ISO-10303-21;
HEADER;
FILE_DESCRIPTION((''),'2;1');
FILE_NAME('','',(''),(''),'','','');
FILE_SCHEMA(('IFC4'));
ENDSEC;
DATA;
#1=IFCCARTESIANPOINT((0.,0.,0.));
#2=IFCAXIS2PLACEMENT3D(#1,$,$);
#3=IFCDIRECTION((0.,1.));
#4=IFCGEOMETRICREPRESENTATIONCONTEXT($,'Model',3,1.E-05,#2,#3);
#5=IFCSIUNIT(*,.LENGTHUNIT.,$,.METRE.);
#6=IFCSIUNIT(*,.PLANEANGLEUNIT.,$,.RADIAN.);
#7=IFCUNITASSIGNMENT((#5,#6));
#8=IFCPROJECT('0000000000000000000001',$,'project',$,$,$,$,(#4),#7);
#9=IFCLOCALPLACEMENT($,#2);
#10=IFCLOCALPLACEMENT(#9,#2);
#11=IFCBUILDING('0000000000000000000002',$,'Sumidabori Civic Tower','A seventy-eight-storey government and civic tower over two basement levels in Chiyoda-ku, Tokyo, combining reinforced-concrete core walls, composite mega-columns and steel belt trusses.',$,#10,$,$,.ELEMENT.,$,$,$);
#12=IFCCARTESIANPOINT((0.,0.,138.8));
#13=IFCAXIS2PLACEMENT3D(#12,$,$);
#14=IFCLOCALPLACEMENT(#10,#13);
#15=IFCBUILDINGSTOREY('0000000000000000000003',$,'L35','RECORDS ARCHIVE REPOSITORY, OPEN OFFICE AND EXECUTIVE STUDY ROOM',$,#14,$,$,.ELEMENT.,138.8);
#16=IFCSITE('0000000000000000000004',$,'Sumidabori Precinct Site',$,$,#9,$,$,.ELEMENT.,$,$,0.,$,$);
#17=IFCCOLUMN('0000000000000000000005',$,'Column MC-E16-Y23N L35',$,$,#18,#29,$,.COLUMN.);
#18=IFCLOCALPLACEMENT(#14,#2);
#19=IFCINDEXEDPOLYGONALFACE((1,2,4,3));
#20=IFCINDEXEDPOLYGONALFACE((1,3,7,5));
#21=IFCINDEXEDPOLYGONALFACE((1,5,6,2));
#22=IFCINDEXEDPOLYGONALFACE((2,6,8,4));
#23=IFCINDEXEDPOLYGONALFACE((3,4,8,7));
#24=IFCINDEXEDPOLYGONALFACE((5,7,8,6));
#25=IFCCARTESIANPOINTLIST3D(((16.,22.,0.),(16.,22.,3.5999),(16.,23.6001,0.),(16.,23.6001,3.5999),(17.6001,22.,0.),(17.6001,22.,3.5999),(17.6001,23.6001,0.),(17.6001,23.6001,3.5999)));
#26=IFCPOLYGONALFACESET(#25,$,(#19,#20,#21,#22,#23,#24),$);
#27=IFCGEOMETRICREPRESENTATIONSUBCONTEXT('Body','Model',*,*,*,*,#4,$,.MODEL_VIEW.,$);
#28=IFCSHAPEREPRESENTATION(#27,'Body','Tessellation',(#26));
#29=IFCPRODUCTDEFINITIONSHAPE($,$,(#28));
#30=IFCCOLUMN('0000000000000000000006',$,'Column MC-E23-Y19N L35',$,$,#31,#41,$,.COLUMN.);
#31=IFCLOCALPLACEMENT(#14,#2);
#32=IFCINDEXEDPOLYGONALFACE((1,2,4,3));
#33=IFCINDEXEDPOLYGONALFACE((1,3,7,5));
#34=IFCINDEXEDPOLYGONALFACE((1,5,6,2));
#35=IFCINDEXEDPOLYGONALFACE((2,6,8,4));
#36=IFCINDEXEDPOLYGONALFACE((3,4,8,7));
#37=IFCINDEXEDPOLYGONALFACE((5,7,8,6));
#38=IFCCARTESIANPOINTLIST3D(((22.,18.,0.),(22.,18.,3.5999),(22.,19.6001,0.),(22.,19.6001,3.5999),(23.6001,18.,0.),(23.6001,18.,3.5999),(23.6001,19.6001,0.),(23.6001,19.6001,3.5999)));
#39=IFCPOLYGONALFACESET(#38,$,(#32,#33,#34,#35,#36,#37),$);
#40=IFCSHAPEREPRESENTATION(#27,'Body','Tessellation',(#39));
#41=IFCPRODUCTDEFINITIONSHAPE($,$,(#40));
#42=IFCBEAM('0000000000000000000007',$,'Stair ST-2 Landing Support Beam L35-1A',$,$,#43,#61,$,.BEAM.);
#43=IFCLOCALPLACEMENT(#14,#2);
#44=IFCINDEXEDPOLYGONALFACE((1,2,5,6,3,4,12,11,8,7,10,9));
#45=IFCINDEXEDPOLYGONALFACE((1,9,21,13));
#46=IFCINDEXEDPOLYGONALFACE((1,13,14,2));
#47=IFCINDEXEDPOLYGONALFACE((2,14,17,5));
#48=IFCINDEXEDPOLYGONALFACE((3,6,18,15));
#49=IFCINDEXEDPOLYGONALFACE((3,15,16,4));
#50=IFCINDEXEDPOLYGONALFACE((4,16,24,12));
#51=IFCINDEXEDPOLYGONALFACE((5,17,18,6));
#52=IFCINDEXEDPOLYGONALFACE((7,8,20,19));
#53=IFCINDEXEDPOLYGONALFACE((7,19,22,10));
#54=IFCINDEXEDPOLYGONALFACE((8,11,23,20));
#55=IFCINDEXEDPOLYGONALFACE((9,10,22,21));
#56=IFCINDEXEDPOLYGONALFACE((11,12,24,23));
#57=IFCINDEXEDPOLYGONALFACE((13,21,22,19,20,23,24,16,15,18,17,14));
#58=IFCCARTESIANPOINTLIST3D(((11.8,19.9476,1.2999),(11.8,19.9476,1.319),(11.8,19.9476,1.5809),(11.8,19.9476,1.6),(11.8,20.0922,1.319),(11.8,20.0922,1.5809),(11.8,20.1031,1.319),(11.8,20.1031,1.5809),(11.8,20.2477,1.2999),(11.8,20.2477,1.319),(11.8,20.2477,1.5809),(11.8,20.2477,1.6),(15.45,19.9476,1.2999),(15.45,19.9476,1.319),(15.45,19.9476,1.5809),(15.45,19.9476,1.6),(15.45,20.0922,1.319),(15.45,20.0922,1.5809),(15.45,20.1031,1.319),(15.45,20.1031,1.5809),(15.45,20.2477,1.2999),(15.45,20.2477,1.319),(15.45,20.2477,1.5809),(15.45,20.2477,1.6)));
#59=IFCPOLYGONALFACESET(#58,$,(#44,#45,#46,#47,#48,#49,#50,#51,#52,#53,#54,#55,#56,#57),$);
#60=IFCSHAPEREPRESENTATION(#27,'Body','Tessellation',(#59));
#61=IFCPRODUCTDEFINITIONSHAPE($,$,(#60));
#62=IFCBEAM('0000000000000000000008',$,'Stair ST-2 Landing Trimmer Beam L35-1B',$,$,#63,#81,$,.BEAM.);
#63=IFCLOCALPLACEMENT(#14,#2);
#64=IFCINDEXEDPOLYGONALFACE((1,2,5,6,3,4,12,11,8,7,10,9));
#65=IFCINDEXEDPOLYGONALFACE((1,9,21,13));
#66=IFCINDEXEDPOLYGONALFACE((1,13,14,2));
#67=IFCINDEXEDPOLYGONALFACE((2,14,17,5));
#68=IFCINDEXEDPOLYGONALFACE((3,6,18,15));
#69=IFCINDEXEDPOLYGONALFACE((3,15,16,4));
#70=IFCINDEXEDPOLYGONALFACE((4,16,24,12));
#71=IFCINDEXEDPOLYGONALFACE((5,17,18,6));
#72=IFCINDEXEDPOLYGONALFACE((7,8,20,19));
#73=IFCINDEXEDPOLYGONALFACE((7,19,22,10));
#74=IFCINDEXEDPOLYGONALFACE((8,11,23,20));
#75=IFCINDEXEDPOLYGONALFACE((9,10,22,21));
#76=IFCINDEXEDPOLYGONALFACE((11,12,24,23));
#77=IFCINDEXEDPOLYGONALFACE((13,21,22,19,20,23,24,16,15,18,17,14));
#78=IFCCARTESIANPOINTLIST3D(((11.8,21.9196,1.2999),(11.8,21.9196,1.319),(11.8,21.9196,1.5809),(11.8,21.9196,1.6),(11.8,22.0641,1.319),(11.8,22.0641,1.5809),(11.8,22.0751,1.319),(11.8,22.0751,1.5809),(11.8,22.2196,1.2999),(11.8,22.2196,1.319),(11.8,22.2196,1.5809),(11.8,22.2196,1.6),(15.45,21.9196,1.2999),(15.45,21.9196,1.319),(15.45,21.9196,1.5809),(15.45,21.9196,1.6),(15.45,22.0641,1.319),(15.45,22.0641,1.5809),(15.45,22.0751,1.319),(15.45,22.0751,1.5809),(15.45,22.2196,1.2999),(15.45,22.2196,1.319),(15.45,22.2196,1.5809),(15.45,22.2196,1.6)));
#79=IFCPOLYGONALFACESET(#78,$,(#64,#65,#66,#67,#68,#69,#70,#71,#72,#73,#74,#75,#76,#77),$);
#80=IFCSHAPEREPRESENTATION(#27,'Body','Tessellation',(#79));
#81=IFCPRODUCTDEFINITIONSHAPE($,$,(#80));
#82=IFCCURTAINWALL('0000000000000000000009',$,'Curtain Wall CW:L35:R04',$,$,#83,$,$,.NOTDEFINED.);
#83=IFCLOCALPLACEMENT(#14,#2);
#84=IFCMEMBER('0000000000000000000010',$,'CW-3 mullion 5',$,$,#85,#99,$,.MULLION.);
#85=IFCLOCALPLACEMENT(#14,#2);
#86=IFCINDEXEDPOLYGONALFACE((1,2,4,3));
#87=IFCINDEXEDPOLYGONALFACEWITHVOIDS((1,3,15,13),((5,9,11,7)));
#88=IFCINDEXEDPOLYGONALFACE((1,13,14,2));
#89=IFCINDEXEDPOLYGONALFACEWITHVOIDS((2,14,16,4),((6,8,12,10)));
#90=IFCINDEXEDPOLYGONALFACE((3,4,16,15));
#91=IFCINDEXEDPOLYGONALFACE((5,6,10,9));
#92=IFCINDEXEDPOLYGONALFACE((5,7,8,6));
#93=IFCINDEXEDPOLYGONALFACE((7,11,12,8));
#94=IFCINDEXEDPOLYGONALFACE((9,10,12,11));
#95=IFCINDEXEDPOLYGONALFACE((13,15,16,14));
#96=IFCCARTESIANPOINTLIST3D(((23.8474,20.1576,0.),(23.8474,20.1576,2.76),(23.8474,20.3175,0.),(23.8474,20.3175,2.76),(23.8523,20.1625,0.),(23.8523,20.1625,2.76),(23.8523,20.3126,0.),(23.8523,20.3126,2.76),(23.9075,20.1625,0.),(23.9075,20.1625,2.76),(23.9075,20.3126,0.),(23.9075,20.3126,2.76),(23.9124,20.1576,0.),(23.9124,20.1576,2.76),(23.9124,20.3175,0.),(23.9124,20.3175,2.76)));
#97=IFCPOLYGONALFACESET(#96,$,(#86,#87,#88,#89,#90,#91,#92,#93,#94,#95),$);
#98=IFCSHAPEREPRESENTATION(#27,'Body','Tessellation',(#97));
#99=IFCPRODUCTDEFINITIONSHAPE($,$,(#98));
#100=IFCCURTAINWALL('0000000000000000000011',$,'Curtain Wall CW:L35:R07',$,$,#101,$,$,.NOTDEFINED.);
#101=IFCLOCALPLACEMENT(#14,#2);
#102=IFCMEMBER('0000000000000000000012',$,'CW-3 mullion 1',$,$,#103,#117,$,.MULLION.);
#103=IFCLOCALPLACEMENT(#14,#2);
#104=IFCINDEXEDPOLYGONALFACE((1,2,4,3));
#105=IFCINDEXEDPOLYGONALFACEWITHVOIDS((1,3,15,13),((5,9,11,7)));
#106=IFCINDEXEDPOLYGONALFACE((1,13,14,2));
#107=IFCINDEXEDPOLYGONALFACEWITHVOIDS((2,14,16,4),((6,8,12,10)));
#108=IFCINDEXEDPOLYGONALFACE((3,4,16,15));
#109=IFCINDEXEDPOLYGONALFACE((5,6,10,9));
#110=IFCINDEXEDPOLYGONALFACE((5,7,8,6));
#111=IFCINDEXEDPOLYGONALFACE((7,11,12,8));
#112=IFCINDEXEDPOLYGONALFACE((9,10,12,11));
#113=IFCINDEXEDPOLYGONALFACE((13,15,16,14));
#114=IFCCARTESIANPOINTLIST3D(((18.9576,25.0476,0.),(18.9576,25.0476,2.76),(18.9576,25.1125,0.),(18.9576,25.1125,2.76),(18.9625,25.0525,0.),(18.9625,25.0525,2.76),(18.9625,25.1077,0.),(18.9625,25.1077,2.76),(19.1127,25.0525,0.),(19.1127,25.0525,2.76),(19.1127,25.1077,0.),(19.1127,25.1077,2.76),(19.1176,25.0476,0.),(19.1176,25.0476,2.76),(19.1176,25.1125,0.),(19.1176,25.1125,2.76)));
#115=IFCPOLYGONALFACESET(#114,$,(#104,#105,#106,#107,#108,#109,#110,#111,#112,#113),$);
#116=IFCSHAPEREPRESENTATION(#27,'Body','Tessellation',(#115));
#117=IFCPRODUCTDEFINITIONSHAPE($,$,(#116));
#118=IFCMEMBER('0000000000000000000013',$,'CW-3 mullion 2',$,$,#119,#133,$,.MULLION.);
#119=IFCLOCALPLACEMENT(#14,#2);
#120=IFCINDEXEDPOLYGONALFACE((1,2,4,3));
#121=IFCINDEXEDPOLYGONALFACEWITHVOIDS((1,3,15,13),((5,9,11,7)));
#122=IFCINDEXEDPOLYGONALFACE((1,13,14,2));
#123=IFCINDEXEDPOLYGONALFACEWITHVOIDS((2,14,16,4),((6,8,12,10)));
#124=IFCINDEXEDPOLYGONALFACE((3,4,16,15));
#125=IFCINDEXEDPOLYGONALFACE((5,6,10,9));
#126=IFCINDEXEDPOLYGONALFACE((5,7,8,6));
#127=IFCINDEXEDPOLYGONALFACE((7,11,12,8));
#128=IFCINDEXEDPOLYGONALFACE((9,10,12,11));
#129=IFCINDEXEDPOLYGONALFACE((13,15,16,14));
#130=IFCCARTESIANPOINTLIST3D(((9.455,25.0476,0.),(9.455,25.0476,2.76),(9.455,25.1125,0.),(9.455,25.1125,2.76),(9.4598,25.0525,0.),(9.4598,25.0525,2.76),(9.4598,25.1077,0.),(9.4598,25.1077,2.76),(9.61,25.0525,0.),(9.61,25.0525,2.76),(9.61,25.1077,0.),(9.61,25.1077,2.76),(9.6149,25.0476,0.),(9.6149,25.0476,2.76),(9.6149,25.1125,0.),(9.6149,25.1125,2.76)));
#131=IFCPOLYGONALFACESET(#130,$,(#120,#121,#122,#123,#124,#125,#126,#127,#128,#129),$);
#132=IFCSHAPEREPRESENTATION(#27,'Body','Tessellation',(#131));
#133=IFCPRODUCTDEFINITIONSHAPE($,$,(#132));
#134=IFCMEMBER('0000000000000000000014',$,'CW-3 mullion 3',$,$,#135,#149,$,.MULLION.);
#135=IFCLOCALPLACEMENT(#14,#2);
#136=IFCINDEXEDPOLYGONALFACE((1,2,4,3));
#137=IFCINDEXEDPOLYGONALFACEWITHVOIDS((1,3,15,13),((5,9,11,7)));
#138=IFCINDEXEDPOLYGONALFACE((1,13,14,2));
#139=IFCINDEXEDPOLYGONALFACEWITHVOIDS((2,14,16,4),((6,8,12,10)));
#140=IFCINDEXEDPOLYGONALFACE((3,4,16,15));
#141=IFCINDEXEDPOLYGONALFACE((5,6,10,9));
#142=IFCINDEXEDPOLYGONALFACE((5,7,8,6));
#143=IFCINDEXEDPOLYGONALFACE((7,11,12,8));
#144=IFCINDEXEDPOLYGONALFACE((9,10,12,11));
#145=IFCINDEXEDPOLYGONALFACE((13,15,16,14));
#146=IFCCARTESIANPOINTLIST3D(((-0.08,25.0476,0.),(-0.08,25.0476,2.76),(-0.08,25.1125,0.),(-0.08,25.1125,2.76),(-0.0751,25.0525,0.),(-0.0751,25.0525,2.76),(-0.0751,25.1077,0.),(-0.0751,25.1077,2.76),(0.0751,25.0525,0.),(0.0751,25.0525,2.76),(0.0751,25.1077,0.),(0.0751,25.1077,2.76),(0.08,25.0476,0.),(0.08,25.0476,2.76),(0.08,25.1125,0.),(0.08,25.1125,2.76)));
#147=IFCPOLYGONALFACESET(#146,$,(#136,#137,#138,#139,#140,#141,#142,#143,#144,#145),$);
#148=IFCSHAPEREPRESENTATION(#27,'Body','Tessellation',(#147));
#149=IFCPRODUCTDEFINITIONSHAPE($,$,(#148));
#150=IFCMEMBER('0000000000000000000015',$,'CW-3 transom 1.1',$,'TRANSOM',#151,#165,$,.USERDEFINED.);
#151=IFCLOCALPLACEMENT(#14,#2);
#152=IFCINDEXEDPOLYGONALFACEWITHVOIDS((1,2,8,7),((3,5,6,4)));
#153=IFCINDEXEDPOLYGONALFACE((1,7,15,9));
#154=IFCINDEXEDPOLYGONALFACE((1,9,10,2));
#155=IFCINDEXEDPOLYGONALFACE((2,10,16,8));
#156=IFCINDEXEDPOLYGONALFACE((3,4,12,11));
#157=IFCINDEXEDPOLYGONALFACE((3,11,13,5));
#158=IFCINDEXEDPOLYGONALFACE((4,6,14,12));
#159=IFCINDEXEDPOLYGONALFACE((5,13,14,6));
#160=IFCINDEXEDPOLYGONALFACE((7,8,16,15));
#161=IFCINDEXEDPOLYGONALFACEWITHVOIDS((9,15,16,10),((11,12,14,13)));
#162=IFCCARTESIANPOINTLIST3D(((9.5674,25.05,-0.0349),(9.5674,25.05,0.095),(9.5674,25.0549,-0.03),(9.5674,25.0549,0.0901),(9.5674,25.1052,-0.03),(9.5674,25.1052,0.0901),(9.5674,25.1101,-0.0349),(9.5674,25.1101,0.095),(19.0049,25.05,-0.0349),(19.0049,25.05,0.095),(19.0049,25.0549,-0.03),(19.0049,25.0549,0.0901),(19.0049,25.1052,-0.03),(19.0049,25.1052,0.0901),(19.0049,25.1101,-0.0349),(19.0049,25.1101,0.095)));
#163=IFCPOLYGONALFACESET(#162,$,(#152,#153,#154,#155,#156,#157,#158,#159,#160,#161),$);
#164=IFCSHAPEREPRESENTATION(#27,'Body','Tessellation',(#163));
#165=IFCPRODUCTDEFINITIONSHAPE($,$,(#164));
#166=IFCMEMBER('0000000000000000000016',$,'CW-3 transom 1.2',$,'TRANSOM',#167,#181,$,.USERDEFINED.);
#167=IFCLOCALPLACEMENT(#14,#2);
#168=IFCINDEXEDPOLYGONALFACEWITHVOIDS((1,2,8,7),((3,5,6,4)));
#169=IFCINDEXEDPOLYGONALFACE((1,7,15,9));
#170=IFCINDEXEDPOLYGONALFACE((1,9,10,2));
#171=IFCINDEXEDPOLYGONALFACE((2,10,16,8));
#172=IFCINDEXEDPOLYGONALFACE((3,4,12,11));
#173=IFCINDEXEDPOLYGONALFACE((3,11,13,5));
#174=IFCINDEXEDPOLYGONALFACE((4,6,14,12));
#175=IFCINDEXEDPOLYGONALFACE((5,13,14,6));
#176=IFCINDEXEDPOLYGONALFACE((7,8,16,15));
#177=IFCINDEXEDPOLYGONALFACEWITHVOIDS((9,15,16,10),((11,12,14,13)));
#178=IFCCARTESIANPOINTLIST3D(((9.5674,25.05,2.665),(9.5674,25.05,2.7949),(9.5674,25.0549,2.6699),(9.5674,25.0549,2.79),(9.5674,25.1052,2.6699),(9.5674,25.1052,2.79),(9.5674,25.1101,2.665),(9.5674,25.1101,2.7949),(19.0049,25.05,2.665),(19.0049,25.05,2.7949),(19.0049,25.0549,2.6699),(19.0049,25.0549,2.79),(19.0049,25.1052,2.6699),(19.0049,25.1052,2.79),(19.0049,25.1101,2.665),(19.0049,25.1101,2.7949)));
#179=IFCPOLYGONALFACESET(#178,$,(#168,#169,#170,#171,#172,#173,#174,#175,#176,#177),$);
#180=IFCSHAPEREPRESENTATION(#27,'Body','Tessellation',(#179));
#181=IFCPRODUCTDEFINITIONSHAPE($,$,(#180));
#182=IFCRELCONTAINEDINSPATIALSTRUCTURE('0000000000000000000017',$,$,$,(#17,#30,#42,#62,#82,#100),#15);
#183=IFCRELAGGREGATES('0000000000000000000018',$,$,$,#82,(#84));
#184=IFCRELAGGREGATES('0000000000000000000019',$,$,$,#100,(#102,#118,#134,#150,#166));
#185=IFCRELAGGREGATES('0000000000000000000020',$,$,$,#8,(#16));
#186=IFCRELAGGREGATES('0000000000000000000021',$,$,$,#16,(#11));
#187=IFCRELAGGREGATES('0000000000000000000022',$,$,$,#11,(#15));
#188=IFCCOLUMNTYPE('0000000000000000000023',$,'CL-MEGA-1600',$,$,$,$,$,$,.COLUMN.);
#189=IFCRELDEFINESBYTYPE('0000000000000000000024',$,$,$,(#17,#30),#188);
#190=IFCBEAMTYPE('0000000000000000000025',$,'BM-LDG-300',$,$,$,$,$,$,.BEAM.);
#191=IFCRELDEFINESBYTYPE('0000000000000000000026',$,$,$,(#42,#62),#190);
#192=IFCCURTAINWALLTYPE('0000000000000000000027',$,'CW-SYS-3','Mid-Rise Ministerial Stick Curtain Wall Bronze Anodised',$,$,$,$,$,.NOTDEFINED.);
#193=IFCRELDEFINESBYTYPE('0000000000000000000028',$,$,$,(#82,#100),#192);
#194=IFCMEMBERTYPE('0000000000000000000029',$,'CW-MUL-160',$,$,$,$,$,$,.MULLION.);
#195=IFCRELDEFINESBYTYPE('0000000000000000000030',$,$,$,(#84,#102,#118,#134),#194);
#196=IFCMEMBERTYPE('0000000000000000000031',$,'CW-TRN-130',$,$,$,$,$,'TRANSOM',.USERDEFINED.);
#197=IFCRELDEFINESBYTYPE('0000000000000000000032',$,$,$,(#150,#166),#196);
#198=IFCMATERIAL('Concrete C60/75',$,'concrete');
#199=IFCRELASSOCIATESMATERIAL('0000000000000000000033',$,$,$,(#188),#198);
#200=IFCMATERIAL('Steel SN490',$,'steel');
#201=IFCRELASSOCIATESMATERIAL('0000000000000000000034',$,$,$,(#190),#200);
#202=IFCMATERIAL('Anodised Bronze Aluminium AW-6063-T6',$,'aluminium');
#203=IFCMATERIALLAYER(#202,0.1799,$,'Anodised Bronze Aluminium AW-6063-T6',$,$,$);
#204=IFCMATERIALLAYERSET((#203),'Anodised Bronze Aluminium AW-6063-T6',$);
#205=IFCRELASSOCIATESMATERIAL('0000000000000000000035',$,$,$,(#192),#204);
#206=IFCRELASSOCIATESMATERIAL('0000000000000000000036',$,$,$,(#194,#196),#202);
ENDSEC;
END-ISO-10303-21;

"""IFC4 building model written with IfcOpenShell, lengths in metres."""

from ifc_helpers import new_model, si_unit, direction, frame, origin, origin_2d, place, context, subcontext, project, spatial, rectangle, hollow_rectangle, i_section, extrude, source, transform, mapped, material, layer, layer_set, material_profile, profile_set, type_object, element, aggregate, save


model = new_model("IFC4")

# Units and contexts
model_context = context("Model", 3, precision=1e-05, world=origin(), true_north=direction((0.0, 1.0)))
body_context = subcontext(model_context, "Body", "Model", "MODEL_VIEW")
ifc_project = project(units=[si_unit("LENGTHUNIT", "METRE"), si_unit("PLANEANGLEUNIT", "RADIAN")], contexts=[model_context])

# Site, building, storey
site_placement = place(None, origin())
site = spatial("IfcSite", under=ifc_project, at=site_placement, Name="Sumidabori Precinct Site", CompositionType="ELEMENT", RefElevation=0.0)
building_placement = place(site_placement, origin())
building = spatial("IfcBuilding", under=site, at=building_placement, Name="Sumidabori Civic Tower", Description="A seventy-eight-storey government and civic tower over two basement levels in Chiyoda-ku, Tokyo, combining reinforced-concrete core walls, composite mega-columns and steel belt trusses.", CompositionType="ELEMENT")
storey_placement = place(building_placement, frame((0.0, 0.0, 138.8)))
storey = spatial("IfcBuildingStorey", under=building, at=storey_placement, Name="L35", Description="RECORDS ARCHIVE REPOSITORY, OPEN OFFICE AND EXECUTIVE STUDY ROOM", CompositionType="ELEMENT", Elevation=138.8)

# Columns
ifc_material_1 = material(Name="Concrete C60/75", Category="concrete")
ifc_material_profile_1 = material_profile(ifc_material_1, rectangle(XDim=1.6001, YDim=1.6001, at=origin_2d()), Name="RC 1600x1600")
ifc_profile_set_1 = profile_set([ifc_material_profile_1], Name="Concrete C60/75")
column_type = type_object("IfcColumnType", Name="CL-MEGA-1600", PredefinedType="COLUMN", material=ifc_profile_set_1)
shared_shape_1 = source(origin(), body_context, "Body", "SweptSolid", [
    extrude(rectangle(XDim=1.6001, YDim=1.6001, at=origin_2d()), origin(), (0.0, 0.0, 1.0), 3.5999),
])
for number, where, z_axis, x_axis, name in (
    (1, (16.8, 22.8, 0.0), (0.0, 0.0, 1.0), (1.0, 0.0, 0.0), "Column MC-E16-Y23N L35"),
    (2, (22.8, 18.8, 0.0), (0.0, 0.0, 1.0), (1.0, 0.0, 0.0), "Column MC-E23-Y19N L35"),
):
    element("IfcColumn", number, at=place(storey_placement, frame(where, z_axis=z_axis, x_axis=x_axis)), inside=storey, type_object=column_type, Name=name, PredefinedType="COLUMN", context=body_context, shape_type="MappedRepresentation", body=[
        mapped(shared_shape_1, transform((0.0, 0.0, 0.0), x_axis=(1.0, 0.0, 0.0), y_axis=(0.0, 1.0, 0.0), z_axis=(0.0, 0.0, 1.0), scale=1.0)),
    ])

# Beams
ifc_material_2 = material(Name="Steel SN490", Category="steel")
ifc_material_profile_2 = material_profile(ifc_material_2, i_section(OverallWidth=0.3, OverallDepth=0.3, WebThickness=0.011, FlangeThickness=0.019, at=origin_2d()), Name="HE 300 B")
ifc_profile_set_2 = profile_set([ifc_material_profile_2], Name="Steel SN490")
beam_type = type_object("IfcBeamType", Name="BM-LDG-300", PredefinedType="BEAM", material=ifc_profile_set_2)
shared_shape_2 = source(origin(), body_context, "Body", "SweptSolid", [
    extrude(i_section(OverallWidth=0.3, OverallDepth=0.3, WebThickness=0.011, FlangeThickness=0.019, at=origin_2d()), origin(), (0.0, 0.0, 1.0), 3.6499),
])
for number, where, z_axis, x_axis, name in (
    (3, (11.8, 20.0977, 1.45), (1.0, 0.0, 0.0), (0.0, 1.0, 0.0), "Stair ST-2 Landing Support Beam L35-1A"),
    (4, (11.8, 22.0696, 1.45), (1.0, 0.0, 0.0), (0.0, 1.0, 0.0), "Stair ST-2 Landing Trimmer Beam L35-1B"),
):
    element("IfcBeam", number, at=place(storey_placement, frame(where, z_axis=z_axis, x_axis=x_axis)), inside=storey, type_object=beam_type, Name=name, PredefinedType="BEAM", context=body_context, shape_type="MappedRepresentation", body=[
        mapped(shared_shape_2, transform((0.0, 0.0, 0.0), x_axis=(1.0, 0.0, 0.0), y_axis=(0.0, 1.0, 0.0), z_axis=(0.0, 0.0, 1.0), scale=1.0)),
    ])

# Curtain wall, member
ifc_material_3 = material(Name="Anodised Bronze Aluminium AW-6063-T6", Category="aluminium")
ifc_layer_1 = layer(ifc_material_3, 0.1799, Name="Anodised Bronze Aluminium AW-6063-T6")
ifc_layer_set_1 = layer_set([ifc_layer_1], Name="Anodised Bronze Aluminium AW-6063-T6")
curtain_wall_type = type_object("IfcCurtainWallType", Name="CW-SYS-3", Description="Mid-Rise Ministerial Stick Curtain Wall Bronze Anodised", PredefinedType="NOTDEFINED", material=ifc_layer_set_1)
curtain_wall_1_placement = place(storey_placement, origin())
curtain_wall_1 = element("IfcCurtainWall", 5, at=curtain_wall_1_placement, inside=storey, type_object=curtain_wall_type, Name="Curtain Wall CW:L35:R04", PredefinedType="NOTDEFINED")
ifc_material_profile_3 = material_profile(ifc_material_3, hollow_rectangle(XDim=0.0649, YDim=0.1599, WallThickness=0.0049, at=origin_2d()), Name="ALU MULLION 160x65")
ifc_profile_set_3 = profile_set([ifc_material_profile_3], Name="Anodised Bronze Aluminium AW-6063-T6")
member_type_1 = type_object("IfcMemberType", Name="CW-MUL-160", PredefinedType="MULLION", material=ifc_profile_set_3)
shared_shape_3 = source(origin(), body_context, "Body", "SweptSolid", [
    extrude(hollow_rectangle(XDim=0.0649, YDim=0.1599, WallThickness=0.0049, at=origin_2d()), origin(), (0.0, 0.0, 1.0), 2.76),
])
member_1_placement = place(storey_placement, frame((23.8799, 20.2375, 0.0), z_axis=(0.0, 0.0, 1.0), x_axis=(-1.0, 0.0, 0.0)))
member_1 = element("IfcMember", 6, at=member_1_placement, type_object=member_type_1, Name="CW-3 mullion 5", PredefinedType="MULLION", context=body_context, shape_type="MappedRepresentation", body=[
    mapped(shared_shape_3, transform((0.0, 0.0, 0.0), x_axis=(1.0, 0.0, 0.0), y_axis=(0.0, 1.0, 0.0), z_axis=(0.0, 0.0, 1.0), scale=1.0)),
])
aggregate(curtain_wall_1, [member_1])

# Curtain wall, members
curtain_wall_2_placement = place(storey_placement, origin())
curtain_wall_2 = element("IfcCurtainWall", 7, at=curtain_wall_2_placement, inside=storey, type_object=curtain_wall_type, Name="Curtain Wall CW:L35:R07", PredefinedType="NOTDEFINED")
member_2_placement = place(storey_placement, frame((19.0376, 25.0801, 0.0), z_axis=(0.0, 0.0, 1.0), x_axis=(0.0, -1.0, 0.0)))
member_2 = element("IfcMember", 8, at=member_2_placement, type_object=member_type_1, Name="CW-3 mullion 1", PredefinedType="MULLION", context=body_context, shape_type="MappedRepresentation", body=[
    mapped(shared_shape_3, transform((0.0, 0.0, 0.0), x_axis=(1.0, 0.0, 0.0), y_axis=(0.0, 1.0, 0.0), z_axis=(0.0, 0.0, 1.0), scale=1.0)),
])
member_3_placement = place(storey_placement, frame((9.5349, 25.0801, 0.0), z_axis=(0.0, 0.0, 1.0), x_axis=(0.0, -1.0, 0.0)))
member_3 = element("IfcMember", 9, at=member_3_placement, type_object=member_type_1, Name="CW-3 mullion 2", PredefinedType="MULLION", context=body_context, shape_type="MappedRepresentation", body=[
    mapped(shared_shape_3, transform((0.0, 0.0, 0.0), x_axis=(1.0, 0.0, 0.0), y_axis=(0.0, 1.0, 0.0), z_axis=(0.0, 0.0, 1.0), scale=1.0)),
])
member_4_placement = place(storey_placement, frame((0.0, 25.0801, 0.0), z_axis=(0.0, 0.0, 1.0), x_axis=(0.0, -1.0, 0.0)))
member_4 = element("IfcMember", 10, at=member_4_placement, type_object=member_type_1, Name="CW-3 mullion 3", PredefinedType="MULLION", context=body_context, shape_type="MappedRepresentation", body=[
    mapped(shared_shape_3, transform((0.0, 0.0, 0.0), x_axis=(1.0, 0.0, 0.0), y_axis=(0.0, 1.0, 0.0), z_axis=(0.0, 0.0, 1.0), scale=1.0)),
])
ifc_material_profile_4 = material_profile(ifc_material_3, hollow_rectangle(XDim=0.0601, YDim=0.1299, WallThickness=0.0049, at=origin_2d()), Name="ALU TRANSOM 130x60")
ifc_profile_set_4 = profile_set([ifc_material_profile_4], Name="Anodised Bronze Aluminium AW-6063-T6")
member_type_2 = type_object("IfcMemberType", Name="CW-TRN-130", ElementType="TRANSOM", PredefinedType="USERDEFINED", material=ifc_profile_set_4)
shared_shape_4 = source(origin(), body_context, "Body", "SweptSolid", [
    extrude(hollow_rectangle(XDim=0.0601, YDim=0.1299, WallThickness=0.0049, at=origin_2d()), origin(), (0.0, 0.0, 1.0), 9.4375),
])
member_5_placement = place(storey_placement, frame((19.0049, 25.0801, 0.03), z_axis=(-1.0, 0.0, 0.0), x_axis=(0.0, -1.0, 0.0)))
member_5 = element("IfcMember", 11, at=member_5_placement, type_object=member_type_2, Name="CW-3 transom 1.1", ObjectType="TRANSOM", PredefinedType="USERDEFINED", context=body_context, shape_type="MappedRepresentation", body=[
    mapped(shared_shape_4, transform((0.0, 0.0, 0.0), x_axis=(1.0, 0.0, 0.0), y_axis=(0.0, 1.0, 0.0), z_axis=(0.0, 0.0, 1.0), scale=1.0)),
])
member_6_placement = place(storey_placement, frame((19.0049, 25.0801, 2.73), z_axis=(-1.0, 0.0, 0.0), x_axis=(0.0, -1.0, 0.0)))
member_6 = element("IfcMember", 12, at=member_6_placement, type_object=member_type_2, Name="CW-3 transom 1.2", ObjectType="TRANSOM", PredefinedType="USERDEFINED", context=body_context, shape_type="MappedRepresentation", body=[
    mapped(shared_shape_4, transform((0.0, 0.0, 0.0), x_axis=(1.0, 0.0, 0.0), y_axis=(0.0, 1.0, 0.0), z_axis=(0.0, 0.0, 1.0), scale=1.0)),
])
aggregate(curtain_wall_2, [member_2, member_3, member_4, member_5, member_6])

save(model, "model.ifc")
